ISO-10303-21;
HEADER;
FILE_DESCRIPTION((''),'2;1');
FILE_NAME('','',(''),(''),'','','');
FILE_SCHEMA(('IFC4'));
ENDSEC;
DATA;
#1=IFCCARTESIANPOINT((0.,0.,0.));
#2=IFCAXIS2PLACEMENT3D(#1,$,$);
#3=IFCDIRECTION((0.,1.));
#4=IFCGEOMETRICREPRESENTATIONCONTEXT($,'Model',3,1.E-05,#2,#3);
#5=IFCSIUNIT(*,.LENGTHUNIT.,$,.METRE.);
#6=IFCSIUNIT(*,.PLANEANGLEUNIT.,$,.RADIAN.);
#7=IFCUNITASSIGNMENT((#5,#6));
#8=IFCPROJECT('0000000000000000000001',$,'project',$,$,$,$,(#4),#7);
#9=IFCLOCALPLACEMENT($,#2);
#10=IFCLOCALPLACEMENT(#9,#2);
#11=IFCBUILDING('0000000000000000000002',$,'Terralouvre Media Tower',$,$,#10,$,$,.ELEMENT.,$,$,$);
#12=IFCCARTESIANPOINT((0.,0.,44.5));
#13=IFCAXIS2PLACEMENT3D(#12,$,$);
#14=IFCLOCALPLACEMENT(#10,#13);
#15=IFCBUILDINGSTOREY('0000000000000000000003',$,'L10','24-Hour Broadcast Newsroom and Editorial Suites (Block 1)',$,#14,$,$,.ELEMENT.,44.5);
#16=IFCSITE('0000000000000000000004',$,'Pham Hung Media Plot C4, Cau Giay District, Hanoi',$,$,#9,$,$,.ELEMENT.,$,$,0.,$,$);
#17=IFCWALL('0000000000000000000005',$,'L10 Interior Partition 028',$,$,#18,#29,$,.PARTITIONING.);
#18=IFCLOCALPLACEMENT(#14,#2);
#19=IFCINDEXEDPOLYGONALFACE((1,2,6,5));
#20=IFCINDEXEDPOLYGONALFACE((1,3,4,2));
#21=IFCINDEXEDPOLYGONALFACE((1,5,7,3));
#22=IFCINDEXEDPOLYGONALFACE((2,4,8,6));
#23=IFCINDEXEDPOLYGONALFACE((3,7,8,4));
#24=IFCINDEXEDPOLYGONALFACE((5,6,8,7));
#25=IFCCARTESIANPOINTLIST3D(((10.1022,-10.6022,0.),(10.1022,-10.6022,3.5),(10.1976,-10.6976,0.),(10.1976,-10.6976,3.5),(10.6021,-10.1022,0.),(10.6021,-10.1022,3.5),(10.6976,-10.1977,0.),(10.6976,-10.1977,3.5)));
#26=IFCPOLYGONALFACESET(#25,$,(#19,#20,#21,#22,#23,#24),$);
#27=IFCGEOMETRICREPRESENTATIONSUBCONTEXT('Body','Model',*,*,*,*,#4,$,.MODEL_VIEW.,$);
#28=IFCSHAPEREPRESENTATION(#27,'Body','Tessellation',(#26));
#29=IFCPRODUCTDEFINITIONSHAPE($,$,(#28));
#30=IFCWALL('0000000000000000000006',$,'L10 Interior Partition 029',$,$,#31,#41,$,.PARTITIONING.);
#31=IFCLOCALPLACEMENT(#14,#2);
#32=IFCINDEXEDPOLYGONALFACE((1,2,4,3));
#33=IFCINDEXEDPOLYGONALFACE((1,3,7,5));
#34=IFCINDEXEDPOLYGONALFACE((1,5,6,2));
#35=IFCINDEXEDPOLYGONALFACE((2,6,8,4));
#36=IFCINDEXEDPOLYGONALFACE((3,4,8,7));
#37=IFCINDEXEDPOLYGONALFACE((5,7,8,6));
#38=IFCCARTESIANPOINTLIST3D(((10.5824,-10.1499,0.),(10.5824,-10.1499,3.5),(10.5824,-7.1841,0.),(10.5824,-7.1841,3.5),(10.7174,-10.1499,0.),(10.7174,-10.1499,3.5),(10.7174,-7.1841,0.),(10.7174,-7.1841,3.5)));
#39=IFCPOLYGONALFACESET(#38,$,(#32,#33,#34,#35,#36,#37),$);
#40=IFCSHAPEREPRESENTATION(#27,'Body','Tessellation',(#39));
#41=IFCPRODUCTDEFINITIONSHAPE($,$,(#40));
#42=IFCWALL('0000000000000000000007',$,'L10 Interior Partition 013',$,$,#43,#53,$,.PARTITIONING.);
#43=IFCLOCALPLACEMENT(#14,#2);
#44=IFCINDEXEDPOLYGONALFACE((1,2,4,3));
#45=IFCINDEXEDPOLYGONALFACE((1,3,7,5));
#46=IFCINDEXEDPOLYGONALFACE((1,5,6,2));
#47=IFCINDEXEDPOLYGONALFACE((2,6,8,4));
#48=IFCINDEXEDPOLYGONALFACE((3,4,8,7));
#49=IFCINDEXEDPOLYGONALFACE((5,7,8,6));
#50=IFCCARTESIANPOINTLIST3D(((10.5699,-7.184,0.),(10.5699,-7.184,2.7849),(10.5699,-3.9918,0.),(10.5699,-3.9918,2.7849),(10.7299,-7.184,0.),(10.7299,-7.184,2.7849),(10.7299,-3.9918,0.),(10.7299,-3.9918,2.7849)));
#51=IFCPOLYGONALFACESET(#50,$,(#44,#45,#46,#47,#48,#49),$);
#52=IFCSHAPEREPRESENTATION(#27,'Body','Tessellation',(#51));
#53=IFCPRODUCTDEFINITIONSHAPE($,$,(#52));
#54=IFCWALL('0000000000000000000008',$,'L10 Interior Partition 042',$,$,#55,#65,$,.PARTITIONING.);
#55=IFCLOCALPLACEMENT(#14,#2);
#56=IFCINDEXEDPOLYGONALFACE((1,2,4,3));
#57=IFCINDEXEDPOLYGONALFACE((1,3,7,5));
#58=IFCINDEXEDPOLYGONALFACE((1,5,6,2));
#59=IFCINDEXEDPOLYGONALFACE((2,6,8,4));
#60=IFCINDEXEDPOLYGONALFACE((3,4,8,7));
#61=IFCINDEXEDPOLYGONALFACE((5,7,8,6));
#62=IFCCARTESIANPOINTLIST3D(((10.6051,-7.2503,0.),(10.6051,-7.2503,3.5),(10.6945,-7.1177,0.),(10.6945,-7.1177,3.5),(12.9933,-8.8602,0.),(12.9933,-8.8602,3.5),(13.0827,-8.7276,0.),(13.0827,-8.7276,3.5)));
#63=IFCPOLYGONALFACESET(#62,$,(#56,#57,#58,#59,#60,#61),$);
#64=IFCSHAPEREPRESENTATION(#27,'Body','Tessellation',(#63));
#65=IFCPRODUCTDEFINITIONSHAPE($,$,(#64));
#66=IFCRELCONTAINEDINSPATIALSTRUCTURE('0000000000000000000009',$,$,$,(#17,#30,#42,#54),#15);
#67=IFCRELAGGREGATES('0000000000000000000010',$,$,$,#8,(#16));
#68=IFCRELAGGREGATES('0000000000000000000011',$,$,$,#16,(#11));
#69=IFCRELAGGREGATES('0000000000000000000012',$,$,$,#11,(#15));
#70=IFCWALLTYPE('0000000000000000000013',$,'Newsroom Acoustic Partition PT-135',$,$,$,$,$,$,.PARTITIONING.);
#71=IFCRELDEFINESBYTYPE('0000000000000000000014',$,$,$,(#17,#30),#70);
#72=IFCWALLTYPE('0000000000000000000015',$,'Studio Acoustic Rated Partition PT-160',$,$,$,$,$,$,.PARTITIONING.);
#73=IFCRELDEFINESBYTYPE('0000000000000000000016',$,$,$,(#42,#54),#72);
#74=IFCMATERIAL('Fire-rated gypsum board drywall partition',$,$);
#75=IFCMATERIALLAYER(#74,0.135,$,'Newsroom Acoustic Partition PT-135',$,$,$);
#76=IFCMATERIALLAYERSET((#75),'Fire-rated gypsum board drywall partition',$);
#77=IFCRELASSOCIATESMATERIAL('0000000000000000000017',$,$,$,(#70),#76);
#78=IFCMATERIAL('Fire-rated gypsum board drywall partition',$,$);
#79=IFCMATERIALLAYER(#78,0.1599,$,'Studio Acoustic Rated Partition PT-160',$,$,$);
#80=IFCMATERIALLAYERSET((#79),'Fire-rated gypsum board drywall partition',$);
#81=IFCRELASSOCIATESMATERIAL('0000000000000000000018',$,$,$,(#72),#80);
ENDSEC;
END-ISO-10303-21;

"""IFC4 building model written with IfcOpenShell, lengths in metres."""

from ifc_helpers import new_model, si_unit, direction, frame, frame_2d, origin, place, context, subcontext, project, spatial, rectangle, extrude, material, layer, layer_set, type_object, element, save


model = new_model("IFC4")

# Units and contexts
model_context = context("Model", 3, precision=1e-05, world=origin(), true_north=direction((0.0, 1.0)))
body_context = subcontext(model_context, "Body", "Model", "MODEL_VIEW")
ifc_project = project(units=[si_unit("LENGTHUNIT", "METRE"), si_unit("PLANEANGLEUNIT", "RADIAN")], contexts=[model_context])

# Site, building, storey
site_placement = place(None, origin())
site = spatial("IfcSite", under=ifc_project, at=site_placement, Name="Pham Hung Media Plot C4, Cau Giay District, Hanoi", CompositionType="ELEMENT", RefElevation=0.0)
building_placement = place(site_placement, origin())
building = spatial("IfcBuilding", under=site, at=building_placement, Name="Terralouvre Media Tower", CompositionType="ELEMENT")
storey_placement = place(building_placement, frame((0.0, 0.0, 44.5)))
storey = spatial("IfcBuildingStorey", under=building, at=storey_placement, Name="L10", Description="24-Hour Broadcast Newsroom and Editorial Suites (Block 1)", CompositionType="ELEMENT", Elevation=44.5)

# Walls
ifc_material_1 = material(Name="Fire-rated gypsum board drywall partition")
ifc_layer_1 = layer(ifc_material_1, 0.135, Name="Newsroom Acoustic Partition PT-135")
ifc_layer_set_1 = layer_set([ifc_layer_1], Name="Fire-rated gypsum board drywall partition")
wall_type_1 = type_object("IfcWallType", Name="Newsroom Acoustic Partition PT-135", PredefinedType="PARTITIONING", material=ifc_layer_set_1)
wall_1_placement = place(storey_placement, frame((10.1499, -10.6499, 0.0), z_axis=(0.0, 0.0, 1.0), x_axis=(0.707107, 0.707107, 0.0)))
element("IfcWall", 1, at=wall_1_placement, inside=storey, type_object=wall_type_1, Name="L10 Interior Partition 028", PredefinedType="PARTITIONING", context=body_context, shape_type="SweptSolid", body=[
    extrude(rectangle(XDim=0.707, YDim=0.135, at=frame_2d((0.3535, 0.0))), origin(), (0.0, 0.0, 1.0), 3.5),
])
wall_2_placement = place(storey_placement, frame((10.6499, -10.1499, 0.0), z_axis=(0.0, 0.0, 1.0), x_axis=(0.0, 1.0, 0.0)))
element("IfcWall", 2, at=wall_2_placement, inside=storey, type_object=wall_type_1, Name="L10 Interior Partition 029", PredefinedType="PARTITIONING", context=body_context, shape_type="SweptSolid", body=[
    extrude(rectangle(XDim=2.9658, YDim=0.135, at=frame_2d((1.4829, 0.0))), origin(), (0.0, 0.0, 1.0), 3.5),
])
ifc_material_2 = material(Name="Fire-rated gypsum board drywall partition")
ifc_layer_2 = layer(ifc_material_2, 0.1599, Name="Studio Acoustic Rated Partition PT-160")
ifc_layer_set_2 = layer_set([ifc_layer_2], Name="Fire-rated gypsum board drywall partition")
wall_type_2 = type_object("IfcWallType", Name="Studio Acoustic Rated Partition PT-160", PredefinedType="PARTITIONING", material=ifc_layer_set_2)
wall_3_placement = place(storey_placement, frame((10.6499, -7.1841, 0.0), z_axis=(0.0, 0.0, 1.0), x_axis=(0.0, 1.0, 0.0)))
element("IfcWall", 3, at=wall_3_placement, inside=storey, type_object=wall_type_2, Name="L10 Interior Partition 013", PredefinedType="PARTITIONING", context=body_context, shape_type="SweptSolid", body=[
    extrude(rectangle(XDim=3.1921, YDim=0.1599, at=frame_2d((1.5962, 0.0))), origin(), (0.0, 0.0, 1.0), 2.7849),
])

# Wall
wall_4_placement = place(storey_placement, frame((10.6499, -7.1841, 0.0), z_axis=(0.0, 0.0, 1.0), x_axis=(0.829196, -0.558957, 0.0)))
element("IfcWall", 4, at=wall_4_placement, inside=storey, type_object=wall_type_2, Name="L10 Interior Partition 042", PredefinedType="PARTITIONING", context=body_context, shape_type="SweptSolid", body=[
    extrude(rectangle(XDim=2.8801, YDim=0.1599, at=frame_2d((1.4399, 0.0))), origin(), (0.0, 0.0, 1.0), 3.5),
])

save(model, "model.ifc")
